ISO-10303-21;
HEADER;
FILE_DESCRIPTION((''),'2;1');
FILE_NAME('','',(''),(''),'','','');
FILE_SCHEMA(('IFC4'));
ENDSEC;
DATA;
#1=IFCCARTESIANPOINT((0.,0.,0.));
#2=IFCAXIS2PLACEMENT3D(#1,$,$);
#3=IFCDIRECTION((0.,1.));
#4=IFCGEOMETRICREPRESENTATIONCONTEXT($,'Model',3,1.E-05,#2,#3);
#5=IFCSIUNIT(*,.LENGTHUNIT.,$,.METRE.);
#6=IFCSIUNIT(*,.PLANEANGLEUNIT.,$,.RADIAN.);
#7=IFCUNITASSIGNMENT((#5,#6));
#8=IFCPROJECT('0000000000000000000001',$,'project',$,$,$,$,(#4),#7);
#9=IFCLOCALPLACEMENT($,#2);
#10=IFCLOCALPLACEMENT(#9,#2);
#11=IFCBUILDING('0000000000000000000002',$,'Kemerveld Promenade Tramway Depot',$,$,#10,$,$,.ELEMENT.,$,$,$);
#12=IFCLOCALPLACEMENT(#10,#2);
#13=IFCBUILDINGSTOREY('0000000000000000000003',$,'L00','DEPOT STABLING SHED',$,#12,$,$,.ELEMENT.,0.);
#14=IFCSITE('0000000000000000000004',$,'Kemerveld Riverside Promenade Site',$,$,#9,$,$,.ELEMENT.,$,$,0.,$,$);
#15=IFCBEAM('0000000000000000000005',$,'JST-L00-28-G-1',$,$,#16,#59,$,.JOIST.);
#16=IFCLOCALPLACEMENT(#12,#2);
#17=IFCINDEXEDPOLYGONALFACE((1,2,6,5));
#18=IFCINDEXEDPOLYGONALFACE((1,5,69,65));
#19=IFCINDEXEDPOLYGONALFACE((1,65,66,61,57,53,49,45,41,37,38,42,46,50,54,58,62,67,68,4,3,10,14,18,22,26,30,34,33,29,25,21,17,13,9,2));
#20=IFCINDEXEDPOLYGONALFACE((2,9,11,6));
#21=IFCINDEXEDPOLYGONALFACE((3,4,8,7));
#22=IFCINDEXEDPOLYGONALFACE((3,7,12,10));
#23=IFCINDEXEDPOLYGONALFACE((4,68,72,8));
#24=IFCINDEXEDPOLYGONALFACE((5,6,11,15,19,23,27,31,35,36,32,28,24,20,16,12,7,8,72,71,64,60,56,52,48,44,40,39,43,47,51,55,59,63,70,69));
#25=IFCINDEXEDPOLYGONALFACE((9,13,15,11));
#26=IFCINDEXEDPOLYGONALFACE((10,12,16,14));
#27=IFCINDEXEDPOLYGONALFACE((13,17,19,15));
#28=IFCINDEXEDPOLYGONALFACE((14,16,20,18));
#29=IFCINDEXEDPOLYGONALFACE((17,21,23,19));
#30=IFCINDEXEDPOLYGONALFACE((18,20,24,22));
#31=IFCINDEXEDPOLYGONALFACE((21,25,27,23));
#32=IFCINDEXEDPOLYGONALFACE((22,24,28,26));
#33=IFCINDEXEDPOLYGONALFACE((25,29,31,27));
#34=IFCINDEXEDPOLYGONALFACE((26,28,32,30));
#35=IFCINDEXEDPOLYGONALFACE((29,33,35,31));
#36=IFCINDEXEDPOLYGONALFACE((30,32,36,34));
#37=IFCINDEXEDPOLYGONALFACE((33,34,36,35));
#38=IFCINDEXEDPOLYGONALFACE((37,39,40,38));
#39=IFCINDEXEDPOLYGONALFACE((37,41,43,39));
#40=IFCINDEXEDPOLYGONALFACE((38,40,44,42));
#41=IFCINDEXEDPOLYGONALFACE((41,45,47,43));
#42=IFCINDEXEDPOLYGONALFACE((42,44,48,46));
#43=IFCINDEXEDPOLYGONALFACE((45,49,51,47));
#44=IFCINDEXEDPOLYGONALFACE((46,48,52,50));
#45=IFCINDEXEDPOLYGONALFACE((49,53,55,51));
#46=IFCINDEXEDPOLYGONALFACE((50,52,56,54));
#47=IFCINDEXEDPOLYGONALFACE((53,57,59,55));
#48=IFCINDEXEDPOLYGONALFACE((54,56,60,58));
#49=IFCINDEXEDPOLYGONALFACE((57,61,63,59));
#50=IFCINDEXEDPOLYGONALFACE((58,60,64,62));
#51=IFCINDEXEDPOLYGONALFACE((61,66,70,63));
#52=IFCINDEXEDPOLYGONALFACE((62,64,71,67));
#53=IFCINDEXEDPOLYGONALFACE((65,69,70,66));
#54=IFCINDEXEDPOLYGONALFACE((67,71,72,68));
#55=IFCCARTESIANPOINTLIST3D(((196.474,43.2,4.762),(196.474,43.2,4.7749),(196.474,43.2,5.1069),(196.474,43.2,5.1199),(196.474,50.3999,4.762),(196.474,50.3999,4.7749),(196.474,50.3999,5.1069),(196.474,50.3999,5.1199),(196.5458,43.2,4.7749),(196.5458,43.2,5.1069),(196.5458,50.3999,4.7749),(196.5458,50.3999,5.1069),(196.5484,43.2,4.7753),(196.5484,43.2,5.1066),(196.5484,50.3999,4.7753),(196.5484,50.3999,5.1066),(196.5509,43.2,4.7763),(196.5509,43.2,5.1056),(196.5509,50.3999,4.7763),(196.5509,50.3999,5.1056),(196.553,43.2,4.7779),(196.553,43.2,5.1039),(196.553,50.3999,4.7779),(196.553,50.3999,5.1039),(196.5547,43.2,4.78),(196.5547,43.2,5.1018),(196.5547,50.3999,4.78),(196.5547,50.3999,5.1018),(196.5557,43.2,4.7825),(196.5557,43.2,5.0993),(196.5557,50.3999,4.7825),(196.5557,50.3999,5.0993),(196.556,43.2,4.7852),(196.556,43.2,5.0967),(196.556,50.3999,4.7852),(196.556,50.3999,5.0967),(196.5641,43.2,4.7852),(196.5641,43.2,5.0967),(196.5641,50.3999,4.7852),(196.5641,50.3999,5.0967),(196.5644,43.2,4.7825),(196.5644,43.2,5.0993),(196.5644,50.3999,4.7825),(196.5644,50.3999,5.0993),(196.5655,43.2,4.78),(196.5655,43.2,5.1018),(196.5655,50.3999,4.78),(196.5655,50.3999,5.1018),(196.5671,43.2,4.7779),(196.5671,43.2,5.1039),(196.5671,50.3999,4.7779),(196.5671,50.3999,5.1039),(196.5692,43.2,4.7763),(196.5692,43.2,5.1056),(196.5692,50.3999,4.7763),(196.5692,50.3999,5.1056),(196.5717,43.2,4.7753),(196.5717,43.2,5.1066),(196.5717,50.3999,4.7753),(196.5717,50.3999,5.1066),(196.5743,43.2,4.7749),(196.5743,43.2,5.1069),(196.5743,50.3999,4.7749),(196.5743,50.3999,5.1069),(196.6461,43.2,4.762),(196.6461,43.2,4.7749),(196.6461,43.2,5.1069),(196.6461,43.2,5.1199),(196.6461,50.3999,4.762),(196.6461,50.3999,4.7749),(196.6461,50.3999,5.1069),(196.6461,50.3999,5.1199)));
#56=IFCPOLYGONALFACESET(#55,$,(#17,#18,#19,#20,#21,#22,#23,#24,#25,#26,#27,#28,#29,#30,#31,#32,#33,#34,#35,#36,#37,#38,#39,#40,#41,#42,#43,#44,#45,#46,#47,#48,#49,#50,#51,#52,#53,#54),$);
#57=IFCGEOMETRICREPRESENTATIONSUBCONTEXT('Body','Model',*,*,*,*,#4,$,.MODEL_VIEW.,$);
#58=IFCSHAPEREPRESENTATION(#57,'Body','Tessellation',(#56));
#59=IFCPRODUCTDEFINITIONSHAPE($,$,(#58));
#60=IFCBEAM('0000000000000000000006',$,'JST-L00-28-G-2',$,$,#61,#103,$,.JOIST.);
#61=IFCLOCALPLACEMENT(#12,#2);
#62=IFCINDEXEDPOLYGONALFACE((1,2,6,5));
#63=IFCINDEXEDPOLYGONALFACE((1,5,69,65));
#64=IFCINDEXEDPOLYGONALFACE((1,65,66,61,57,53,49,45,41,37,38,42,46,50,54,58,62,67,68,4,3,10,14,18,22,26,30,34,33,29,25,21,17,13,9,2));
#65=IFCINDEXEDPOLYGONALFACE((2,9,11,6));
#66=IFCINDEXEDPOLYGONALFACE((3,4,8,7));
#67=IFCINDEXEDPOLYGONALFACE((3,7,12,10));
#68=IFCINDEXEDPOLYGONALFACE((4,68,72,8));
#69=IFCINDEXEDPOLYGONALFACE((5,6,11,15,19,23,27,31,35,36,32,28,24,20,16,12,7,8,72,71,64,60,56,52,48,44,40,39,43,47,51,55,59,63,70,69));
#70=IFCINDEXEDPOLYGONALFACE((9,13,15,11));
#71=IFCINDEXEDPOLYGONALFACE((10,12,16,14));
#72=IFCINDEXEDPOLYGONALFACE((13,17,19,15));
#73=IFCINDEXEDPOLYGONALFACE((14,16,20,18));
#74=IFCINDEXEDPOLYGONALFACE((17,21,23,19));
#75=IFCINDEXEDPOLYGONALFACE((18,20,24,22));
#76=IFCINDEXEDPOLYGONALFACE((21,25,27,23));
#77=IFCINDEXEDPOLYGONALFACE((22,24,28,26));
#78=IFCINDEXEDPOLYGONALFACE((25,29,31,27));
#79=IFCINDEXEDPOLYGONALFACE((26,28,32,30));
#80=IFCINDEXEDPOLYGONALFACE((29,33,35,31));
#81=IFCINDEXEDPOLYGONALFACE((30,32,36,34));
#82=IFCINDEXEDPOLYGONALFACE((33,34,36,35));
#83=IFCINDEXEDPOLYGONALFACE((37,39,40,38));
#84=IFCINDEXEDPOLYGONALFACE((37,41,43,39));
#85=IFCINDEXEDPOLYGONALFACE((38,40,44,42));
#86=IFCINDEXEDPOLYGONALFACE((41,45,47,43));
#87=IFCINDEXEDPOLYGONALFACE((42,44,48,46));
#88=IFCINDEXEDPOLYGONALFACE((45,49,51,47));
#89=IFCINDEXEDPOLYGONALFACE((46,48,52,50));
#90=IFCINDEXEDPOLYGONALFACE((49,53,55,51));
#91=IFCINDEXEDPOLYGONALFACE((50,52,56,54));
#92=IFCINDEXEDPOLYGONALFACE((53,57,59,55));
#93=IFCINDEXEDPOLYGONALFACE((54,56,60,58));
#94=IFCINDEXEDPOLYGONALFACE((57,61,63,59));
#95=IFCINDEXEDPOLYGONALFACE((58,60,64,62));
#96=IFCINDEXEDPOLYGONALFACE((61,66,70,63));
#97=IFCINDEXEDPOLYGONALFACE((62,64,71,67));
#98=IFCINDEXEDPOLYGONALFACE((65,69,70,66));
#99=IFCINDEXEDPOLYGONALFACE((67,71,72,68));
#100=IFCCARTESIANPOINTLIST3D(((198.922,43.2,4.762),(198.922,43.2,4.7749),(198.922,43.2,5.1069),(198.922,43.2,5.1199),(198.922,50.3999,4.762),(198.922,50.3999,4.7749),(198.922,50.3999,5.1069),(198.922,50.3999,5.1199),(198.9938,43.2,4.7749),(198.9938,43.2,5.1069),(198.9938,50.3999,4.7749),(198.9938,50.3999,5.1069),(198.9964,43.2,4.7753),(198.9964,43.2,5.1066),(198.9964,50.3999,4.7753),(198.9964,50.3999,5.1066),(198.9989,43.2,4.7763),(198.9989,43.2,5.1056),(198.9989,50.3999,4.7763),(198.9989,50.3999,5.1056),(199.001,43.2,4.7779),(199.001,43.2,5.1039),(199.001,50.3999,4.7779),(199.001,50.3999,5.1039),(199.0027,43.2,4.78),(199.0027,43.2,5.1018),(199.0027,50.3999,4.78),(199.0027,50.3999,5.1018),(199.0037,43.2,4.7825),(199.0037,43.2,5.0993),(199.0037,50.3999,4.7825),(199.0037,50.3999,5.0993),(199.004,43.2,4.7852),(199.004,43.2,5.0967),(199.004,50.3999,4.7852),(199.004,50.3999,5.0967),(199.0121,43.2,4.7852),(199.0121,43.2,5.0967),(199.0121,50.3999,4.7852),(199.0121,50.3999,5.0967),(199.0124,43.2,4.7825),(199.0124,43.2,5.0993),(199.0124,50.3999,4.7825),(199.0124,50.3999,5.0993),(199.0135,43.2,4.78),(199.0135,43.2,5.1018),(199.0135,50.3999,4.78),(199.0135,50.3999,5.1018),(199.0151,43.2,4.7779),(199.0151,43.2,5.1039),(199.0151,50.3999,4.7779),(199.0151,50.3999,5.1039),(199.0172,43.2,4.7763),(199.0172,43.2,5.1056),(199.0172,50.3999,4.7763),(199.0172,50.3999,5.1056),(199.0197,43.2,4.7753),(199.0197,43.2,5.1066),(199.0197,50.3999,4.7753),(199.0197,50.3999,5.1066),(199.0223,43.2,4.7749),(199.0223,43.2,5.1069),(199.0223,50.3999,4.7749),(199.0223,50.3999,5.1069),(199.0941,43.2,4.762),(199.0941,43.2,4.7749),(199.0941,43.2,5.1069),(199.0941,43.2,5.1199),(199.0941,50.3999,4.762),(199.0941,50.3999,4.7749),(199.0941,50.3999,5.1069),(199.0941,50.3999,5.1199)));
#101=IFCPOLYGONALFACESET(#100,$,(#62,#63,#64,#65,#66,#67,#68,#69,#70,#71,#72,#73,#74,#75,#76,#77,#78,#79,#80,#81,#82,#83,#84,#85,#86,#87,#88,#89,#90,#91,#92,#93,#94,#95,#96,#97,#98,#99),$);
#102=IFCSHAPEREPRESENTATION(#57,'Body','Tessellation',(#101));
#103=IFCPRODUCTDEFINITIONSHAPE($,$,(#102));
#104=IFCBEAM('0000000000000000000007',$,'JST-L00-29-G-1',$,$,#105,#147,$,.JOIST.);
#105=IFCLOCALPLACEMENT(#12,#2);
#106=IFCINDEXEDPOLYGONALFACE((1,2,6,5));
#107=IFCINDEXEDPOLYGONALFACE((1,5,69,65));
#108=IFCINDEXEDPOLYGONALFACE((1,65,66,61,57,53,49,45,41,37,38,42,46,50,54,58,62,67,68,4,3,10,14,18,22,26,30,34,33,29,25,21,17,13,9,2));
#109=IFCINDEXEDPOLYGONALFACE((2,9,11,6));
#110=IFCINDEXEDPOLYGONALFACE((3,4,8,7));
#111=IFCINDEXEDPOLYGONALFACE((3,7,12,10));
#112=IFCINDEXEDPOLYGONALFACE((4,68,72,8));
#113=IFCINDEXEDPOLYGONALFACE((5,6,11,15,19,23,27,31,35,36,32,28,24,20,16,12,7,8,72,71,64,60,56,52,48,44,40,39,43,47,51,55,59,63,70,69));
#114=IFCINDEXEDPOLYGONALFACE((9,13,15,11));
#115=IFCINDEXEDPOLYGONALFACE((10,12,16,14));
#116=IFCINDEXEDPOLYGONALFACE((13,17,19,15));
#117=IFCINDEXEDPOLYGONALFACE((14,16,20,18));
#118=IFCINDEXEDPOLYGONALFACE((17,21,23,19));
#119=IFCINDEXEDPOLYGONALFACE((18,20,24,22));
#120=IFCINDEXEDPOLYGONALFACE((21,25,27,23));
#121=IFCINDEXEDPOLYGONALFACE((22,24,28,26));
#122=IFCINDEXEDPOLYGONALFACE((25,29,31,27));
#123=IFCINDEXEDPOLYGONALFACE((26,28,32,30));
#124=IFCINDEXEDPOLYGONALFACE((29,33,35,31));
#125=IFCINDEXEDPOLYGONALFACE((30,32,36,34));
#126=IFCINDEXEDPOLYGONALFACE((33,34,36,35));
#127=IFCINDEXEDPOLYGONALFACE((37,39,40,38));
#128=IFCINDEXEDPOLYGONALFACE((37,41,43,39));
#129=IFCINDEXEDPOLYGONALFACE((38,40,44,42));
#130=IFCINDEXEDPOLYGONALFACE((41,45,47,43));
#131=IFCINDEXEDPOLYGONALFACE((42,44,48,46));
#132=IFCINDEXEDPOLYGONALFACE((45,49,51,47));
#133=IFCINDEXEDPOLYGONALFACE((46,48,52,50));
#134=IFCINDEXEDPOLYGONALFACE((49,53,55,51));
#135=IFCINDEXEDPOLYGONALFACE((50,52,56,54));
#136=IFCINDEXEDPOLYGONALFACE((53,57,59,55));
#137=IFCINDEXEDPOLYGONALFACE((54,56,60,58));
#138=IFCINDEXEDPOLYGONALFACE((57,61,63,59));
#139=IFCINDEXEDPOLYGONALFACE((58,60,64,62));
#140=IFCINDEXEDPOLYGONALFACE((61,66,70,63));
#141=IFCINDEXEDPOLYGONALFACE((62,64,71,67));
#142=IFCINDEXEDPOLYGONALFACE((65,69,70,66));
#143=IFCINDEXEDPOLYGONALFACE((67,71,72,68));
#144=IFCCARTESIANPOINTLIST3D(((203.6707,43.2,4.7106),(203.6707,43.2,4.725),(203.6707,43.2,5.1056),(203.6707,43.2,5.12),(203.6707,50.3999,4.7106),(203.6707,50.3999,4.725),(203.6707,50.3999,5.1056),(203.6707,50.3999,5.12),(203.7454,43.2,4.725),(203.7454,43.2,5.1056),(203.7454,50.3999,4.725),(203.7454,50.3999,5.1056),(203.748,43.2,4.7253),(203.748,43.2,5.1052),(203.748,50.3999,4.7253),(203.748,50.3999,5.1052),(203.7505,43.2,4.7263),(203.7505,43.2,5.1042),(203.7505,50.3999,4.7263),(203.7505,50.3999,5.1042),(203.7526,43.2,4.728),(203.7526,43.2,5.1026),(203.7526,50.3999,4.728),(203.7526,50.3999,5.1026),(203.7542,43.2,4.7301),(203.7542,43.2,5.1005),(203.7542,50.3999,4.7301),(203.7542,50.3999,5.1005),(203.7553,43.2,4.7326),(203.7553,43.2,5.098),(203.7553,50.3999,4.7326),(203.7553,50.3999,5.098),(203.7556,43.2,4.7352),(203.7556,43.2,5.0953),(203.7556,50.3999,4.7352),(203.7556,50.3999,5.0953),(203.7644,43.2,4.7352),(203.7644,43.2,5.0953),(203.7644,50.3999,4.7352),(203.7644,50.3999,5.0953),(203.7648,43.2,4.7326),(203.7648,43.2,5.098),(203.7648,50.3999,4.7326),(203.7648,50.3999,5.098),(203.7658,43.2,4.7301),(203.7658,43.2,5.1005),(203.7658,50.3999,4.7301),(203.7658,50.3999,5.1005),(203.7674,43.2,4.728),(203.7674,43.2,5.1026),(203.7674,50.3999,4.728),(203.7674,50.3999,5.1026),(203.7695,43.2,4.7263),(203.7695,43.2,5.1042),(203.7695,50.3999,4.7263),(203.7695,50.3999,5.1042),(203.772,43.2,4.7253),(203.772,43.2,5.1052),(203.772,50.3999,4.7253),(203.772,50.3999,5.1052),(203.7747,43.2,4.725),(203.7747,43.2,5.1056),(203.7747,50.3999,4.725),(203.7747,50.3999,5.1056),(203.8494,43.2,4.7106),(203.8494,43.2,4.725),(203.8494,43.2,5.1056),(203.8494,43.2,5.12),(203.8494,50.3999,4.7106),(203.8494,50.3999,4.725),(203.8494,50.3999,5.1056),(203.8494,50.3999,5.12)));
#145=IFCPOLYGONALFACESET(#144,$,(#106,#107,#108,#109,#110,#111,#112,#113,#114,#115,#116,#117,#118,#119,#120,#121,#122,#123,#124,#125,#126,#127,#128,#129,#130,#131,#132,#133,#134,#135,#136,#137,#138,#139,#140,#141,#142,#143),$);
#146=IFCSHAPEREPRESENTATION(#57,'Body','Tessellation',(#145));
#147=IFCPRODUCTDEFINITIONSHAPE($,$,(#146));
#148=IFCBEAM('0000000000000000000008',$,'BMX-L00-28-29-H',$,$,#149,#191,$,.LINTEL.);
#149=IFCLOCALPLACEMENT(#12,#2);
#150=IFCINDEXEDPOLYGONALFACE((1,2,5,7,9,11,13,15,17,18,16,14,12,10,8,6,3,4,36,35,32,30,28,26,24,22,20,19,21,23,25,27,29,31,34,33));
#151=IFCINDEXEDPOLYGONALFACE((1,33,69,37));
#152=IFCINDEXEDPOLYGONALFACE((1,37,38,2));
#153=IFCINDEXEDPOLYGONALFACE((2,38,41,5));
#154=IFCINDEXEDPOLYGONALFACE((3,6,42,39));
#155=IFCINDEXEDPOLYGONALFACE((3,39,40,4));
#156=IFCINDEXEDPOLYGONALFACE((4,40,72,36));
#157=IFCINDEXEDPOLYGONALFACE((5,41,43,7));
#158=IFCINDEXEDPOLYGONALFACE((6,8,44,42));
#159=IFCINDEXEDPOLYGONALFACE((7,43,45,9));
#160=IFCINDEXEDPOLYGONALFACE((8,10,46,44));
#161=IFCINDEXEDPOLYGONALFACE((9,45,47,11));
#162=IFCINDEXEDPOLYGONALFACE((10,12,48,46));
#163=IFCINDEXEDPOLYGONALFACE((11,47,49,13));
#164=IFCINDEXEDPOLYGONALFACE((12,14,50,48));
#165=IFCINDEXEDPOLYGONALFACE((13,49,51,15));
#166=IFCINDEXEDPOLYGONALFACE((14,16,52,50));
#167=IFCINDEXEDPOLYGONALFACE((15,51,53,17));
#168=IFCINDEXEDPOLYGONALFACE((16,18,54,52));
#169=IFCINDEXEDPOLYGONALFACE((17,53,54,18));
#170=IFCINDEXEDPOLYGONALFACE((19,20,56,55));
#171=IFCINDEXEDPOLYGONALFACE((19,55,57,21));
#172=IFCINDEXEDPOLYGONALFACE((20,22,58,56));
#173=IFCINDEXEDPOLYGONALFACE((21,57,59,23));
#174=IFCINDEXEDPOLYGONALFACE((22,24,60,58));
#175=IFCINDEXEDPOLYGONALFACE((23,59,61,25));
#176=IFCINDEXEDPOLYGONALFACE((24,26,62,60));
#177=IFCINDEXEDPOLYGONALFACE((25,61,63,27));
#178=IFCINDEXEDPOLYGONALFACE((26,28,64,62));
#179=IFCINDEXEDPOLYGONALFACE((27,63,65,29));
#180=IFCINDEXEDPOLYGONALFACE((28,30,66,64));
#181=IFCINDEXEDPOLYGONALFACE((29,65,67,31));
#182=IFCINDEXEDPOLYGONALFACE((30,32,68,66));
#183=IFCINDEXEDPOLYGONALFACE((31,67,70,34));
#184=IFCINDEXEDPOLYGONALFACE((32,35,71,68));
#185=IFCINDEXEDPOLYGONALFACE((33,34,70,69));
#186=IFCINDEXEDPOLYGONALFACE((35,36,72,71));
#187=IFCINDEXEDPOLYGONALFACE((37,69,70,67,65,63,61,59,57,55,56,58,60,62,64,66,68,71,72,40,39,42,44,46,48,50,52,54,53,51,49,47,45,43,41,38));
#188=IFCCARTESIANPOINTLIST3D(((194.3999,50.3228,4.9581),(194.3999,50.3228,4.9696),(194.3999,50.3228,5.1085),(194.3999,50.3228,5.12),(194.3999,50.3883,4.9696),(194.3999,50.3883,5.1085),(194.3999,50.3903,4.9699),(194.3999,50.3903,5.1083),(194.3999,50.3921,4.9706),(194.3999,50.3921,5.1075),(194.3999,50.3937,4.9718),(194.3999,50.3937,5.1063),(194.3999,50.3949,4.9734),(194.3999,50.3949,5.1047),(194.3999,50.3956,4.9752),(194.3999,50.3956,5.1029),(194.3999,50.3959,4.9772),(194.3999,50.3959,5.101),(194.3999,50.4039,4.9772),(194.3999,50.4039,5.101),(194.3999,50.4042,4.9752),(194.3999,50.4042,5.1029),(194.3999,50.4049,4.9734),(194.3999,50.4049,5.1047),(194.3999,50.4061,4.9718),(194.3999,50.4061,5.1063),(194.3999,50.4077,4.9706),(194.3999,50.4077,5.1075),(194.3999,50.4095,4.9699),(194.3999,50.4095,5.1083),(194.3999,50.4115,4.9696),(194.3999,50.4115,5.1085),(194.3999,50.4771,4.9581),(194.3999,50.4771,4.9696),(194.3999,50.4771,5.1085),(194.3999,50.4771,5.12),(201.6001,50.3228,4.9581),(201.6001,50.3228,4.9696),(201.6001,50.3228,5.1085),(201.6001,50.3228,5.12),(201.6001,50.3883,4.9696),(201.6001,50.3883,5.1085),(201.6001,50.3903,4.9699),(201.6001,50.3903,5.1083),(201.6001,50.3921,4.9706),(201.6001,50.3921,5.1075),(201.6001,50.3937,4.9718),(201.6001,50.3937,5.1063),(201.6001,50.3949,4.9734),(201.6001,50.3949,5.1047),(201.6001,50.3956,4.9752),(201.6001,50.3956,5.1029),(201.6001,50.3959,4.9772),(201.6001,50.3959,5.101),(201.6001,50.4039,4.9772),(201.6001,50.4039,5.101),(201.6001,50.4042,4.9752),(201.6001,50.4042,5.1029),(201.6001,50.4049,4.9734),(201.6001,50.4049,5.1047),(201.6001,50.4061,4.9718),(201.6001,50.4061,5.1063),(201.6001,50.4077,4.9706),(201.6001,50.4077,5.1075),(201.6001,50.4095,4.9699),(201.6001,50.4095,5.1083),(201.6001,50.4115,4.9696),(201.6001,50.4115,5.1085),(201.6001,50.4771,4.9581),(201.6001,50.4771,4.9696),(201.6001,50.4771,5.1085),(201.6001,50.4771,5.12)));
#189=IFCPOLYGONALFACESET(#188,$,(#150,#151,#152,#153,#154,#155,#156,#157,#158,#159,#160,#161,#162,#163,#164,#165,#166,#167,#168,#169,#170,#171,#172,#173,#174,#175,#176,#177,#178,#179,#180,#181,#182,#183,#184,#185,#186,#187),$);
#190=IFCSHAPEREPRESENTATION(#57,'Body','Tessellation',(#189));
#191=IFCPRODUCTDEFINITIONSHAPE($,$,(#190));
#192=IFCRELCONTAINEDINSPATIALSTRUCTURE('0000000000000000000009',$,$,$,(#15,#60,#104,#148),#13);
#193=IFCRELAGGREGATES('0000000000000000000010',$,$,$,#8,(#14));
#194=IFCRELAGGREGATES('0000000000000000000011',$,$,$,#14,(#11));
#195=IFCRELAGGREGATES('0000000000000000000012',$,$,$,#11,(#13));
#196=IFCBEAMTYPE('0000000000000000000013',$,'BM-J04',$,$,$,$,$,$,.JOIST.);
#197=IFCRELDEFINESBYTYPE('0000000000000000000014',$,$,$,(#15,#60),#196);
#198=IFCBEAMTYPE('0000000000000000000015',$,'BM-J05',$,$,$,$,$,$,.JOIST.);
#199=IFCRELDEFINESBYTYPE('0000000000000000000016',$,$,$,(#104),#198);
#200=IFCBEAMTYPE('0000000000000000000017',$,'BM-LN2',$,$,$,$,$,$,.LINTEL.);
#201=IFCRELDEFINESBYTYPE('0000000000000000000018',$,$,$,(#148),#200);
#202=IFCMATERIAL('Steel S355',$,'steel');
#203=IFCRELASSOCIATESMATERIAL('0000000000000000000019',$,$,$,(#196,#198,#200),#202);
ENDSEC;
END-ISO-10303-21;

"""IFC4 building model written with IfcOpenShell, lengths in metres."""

from ifc_helpers import new_model, si_unit, direction, frame, origin, origin_2d, place, context, subcontext, project, spatial, i_section, extrude, material, material_profile, profile_set, type_object, element, save


model = new_model("IFC4")

# Units and contexts
model_context = context("Model", 3, precision=1e-05, world=origin(), true_north=direction((0.0, 1.0)))
body_context = subcontext(model_context, "Body", "Model", "MODEL_VIEW")
ifc_project = project(units=[si_unit("LENGTHUNIT", "METRE"), si_unit("PLANEANGLEUNIT", "RADIAN")], contexts=[model_context])

# Site, building, storey
site_placement = place(None, origin())
site = spatial("IfcSite", under=ifc_project, at=site_placement, Name="Kemerveld Riverside Promenade Site", CompositionType="ELEMENT", RefElevation=0.0)
building_placement = place(site_placement, origin())
building = spatial("IfcBuilding", under=site, at=building_placement, Name="Kemerveld Promenade Tramway Depot", CompositionType="ELEMENT")
storey_placement = place(building_placement, origin())
storey = spatial("IfcBuildingStorey", under=building, at=storey_placement, Name="L00", Description="DEPOT STABLING SHED", CompositionType="ELEMENT", Elevation=0.0)

# Shared definitions
ifc_material_1 = material(Name="Steel S355", Category="steel")

# Beams
ifc_material_profile_1 = material_profile(ifc_material_1, i_section(OverallWidth=0.1721, OverallDepth=0.3579, WebThickness=0.0081, FlangeThickness=0.0129, FilletRadius=0.0103, at=origin_2d()), Name="356x171x57 UB")
ifc_profile_set_1 = profile_set([ifc_material_profile_1], Name="Steel S355")
beam_type_1 = type_object("IfcBeamType", Name="BM-J04", PredefinedType="JOIST", material=ifc_profile_set_1)
for number, where, z_axis, x_axis, name in (
    (1, (196.5601, 43.2, 4.9409), (0.0, 1.0, 0.0), (-1.0, 0.0, 0.0), "JST-L00-28-G-1"),
    (2, (199.0081, 43.2, 4.9409), (0.0, 1.0, 0.0), (-1.0, 0.0, 0.0), "JST-L00-28-G-2"),
):
    element("IfcBeam", number, at=place(storey_placement, frame(where, z_axis=z_axis, x_axis=x_axis)), inside=storey, type_object=beam_type_1, Name=name, PredefinedType="JOIST", context=body_context, shape_type="SweptSolid", body=[
        extrude(i_section(OverallWidth=0.1721, OverallDepth=0.3579, WebThickness=0.0081, FlangeThickness=0.0129, FilletRadius=0.0103, at=origin_2d()), origin(), (0.0, 0.0, 1.0), 7.2),
    ])
ifc_material_profile_2 = material_profile(ifc_material_1, i_section(OverallWidth=0.1787, OverallDepth=0.4094, WebThickness=0.0088, FlangeThickness=0.0144, FilletRadius=0.0103, at=origin_2d()), Name="406x178x67 UB")
ifc_profile_set_2 = profile_set([ifc_material_profile_2], Name="Steel S355")
beam_type_2 = type_object("IfcBeamType", Name="BM-J05", PredefinedType="JOIST", material=ifc_profile_set_2)
beam_1_placement = place(storey_placement, frame((203.76, 43.2, 4.9153), z_axis=(0.0, 1.0, 0.0), x_axis=(-1.0, 0.0, 0.0)))
element("IfcBeam", 3, at=beam_1_placement, inside=storey, type_object=beam_type_2, Name="JST-L00-29-G-1", PredefinedType="JOIST", context=body_context, shape_type="SweptSolid", body=[
    extrude(i_section(OverallWidth=0.1787, OverallDepth=0.4094, WebThickness=0.0088, FlangeThickness=0.0144, FilletRadius=0.0103, at=origin_2d()), origin(), (0.0, 0.0, 1.0), 7.2),
])
ifc_material_profile_3 = material_profile(ifc_material_1, i_section(OverallWidth=0.1543, OverallDepth=0.1619, WebThickness=0.0081, FlangeThickness=0.0115, FilletRadius=0.0076, at=origin_2d()), Name="152x152x37 UC")
ifc_profile_set_3 = profile_set([ifc_material_profile_3], Name="Steel S355")
beam_type_3 = type_object("IfcBeamType", Name="BM-LN2", PredefinedType="LINTEL", material=ifc_profile_set_3)
beam_2_placement = place(storey_placement, frame((194.3999, 50.3999, 5.0391), z_axis=(1.0, 0.0, 0.0), x_axis=(0.0, 1.0, 0.0)))
element("IfcBeam", 4, at=beam_2_placement, inside=storey, type_object=beam_type_3, Name="BMX-L00-28-29-H", PredefinedType="LINTEL", context=body_context, shape_type="SweptSolid", body=[
    extrude(i_section(OverallWidth=0.1543, OverallDepth=0.1619, WebThickness=0.0081, FlangeThickness=0.0115, FilletRadius=0.0076, at=origin_2d()), origin(), (0.0, 0.0, 1.0), 7.2002),
])

save(model, "model.ifc")
